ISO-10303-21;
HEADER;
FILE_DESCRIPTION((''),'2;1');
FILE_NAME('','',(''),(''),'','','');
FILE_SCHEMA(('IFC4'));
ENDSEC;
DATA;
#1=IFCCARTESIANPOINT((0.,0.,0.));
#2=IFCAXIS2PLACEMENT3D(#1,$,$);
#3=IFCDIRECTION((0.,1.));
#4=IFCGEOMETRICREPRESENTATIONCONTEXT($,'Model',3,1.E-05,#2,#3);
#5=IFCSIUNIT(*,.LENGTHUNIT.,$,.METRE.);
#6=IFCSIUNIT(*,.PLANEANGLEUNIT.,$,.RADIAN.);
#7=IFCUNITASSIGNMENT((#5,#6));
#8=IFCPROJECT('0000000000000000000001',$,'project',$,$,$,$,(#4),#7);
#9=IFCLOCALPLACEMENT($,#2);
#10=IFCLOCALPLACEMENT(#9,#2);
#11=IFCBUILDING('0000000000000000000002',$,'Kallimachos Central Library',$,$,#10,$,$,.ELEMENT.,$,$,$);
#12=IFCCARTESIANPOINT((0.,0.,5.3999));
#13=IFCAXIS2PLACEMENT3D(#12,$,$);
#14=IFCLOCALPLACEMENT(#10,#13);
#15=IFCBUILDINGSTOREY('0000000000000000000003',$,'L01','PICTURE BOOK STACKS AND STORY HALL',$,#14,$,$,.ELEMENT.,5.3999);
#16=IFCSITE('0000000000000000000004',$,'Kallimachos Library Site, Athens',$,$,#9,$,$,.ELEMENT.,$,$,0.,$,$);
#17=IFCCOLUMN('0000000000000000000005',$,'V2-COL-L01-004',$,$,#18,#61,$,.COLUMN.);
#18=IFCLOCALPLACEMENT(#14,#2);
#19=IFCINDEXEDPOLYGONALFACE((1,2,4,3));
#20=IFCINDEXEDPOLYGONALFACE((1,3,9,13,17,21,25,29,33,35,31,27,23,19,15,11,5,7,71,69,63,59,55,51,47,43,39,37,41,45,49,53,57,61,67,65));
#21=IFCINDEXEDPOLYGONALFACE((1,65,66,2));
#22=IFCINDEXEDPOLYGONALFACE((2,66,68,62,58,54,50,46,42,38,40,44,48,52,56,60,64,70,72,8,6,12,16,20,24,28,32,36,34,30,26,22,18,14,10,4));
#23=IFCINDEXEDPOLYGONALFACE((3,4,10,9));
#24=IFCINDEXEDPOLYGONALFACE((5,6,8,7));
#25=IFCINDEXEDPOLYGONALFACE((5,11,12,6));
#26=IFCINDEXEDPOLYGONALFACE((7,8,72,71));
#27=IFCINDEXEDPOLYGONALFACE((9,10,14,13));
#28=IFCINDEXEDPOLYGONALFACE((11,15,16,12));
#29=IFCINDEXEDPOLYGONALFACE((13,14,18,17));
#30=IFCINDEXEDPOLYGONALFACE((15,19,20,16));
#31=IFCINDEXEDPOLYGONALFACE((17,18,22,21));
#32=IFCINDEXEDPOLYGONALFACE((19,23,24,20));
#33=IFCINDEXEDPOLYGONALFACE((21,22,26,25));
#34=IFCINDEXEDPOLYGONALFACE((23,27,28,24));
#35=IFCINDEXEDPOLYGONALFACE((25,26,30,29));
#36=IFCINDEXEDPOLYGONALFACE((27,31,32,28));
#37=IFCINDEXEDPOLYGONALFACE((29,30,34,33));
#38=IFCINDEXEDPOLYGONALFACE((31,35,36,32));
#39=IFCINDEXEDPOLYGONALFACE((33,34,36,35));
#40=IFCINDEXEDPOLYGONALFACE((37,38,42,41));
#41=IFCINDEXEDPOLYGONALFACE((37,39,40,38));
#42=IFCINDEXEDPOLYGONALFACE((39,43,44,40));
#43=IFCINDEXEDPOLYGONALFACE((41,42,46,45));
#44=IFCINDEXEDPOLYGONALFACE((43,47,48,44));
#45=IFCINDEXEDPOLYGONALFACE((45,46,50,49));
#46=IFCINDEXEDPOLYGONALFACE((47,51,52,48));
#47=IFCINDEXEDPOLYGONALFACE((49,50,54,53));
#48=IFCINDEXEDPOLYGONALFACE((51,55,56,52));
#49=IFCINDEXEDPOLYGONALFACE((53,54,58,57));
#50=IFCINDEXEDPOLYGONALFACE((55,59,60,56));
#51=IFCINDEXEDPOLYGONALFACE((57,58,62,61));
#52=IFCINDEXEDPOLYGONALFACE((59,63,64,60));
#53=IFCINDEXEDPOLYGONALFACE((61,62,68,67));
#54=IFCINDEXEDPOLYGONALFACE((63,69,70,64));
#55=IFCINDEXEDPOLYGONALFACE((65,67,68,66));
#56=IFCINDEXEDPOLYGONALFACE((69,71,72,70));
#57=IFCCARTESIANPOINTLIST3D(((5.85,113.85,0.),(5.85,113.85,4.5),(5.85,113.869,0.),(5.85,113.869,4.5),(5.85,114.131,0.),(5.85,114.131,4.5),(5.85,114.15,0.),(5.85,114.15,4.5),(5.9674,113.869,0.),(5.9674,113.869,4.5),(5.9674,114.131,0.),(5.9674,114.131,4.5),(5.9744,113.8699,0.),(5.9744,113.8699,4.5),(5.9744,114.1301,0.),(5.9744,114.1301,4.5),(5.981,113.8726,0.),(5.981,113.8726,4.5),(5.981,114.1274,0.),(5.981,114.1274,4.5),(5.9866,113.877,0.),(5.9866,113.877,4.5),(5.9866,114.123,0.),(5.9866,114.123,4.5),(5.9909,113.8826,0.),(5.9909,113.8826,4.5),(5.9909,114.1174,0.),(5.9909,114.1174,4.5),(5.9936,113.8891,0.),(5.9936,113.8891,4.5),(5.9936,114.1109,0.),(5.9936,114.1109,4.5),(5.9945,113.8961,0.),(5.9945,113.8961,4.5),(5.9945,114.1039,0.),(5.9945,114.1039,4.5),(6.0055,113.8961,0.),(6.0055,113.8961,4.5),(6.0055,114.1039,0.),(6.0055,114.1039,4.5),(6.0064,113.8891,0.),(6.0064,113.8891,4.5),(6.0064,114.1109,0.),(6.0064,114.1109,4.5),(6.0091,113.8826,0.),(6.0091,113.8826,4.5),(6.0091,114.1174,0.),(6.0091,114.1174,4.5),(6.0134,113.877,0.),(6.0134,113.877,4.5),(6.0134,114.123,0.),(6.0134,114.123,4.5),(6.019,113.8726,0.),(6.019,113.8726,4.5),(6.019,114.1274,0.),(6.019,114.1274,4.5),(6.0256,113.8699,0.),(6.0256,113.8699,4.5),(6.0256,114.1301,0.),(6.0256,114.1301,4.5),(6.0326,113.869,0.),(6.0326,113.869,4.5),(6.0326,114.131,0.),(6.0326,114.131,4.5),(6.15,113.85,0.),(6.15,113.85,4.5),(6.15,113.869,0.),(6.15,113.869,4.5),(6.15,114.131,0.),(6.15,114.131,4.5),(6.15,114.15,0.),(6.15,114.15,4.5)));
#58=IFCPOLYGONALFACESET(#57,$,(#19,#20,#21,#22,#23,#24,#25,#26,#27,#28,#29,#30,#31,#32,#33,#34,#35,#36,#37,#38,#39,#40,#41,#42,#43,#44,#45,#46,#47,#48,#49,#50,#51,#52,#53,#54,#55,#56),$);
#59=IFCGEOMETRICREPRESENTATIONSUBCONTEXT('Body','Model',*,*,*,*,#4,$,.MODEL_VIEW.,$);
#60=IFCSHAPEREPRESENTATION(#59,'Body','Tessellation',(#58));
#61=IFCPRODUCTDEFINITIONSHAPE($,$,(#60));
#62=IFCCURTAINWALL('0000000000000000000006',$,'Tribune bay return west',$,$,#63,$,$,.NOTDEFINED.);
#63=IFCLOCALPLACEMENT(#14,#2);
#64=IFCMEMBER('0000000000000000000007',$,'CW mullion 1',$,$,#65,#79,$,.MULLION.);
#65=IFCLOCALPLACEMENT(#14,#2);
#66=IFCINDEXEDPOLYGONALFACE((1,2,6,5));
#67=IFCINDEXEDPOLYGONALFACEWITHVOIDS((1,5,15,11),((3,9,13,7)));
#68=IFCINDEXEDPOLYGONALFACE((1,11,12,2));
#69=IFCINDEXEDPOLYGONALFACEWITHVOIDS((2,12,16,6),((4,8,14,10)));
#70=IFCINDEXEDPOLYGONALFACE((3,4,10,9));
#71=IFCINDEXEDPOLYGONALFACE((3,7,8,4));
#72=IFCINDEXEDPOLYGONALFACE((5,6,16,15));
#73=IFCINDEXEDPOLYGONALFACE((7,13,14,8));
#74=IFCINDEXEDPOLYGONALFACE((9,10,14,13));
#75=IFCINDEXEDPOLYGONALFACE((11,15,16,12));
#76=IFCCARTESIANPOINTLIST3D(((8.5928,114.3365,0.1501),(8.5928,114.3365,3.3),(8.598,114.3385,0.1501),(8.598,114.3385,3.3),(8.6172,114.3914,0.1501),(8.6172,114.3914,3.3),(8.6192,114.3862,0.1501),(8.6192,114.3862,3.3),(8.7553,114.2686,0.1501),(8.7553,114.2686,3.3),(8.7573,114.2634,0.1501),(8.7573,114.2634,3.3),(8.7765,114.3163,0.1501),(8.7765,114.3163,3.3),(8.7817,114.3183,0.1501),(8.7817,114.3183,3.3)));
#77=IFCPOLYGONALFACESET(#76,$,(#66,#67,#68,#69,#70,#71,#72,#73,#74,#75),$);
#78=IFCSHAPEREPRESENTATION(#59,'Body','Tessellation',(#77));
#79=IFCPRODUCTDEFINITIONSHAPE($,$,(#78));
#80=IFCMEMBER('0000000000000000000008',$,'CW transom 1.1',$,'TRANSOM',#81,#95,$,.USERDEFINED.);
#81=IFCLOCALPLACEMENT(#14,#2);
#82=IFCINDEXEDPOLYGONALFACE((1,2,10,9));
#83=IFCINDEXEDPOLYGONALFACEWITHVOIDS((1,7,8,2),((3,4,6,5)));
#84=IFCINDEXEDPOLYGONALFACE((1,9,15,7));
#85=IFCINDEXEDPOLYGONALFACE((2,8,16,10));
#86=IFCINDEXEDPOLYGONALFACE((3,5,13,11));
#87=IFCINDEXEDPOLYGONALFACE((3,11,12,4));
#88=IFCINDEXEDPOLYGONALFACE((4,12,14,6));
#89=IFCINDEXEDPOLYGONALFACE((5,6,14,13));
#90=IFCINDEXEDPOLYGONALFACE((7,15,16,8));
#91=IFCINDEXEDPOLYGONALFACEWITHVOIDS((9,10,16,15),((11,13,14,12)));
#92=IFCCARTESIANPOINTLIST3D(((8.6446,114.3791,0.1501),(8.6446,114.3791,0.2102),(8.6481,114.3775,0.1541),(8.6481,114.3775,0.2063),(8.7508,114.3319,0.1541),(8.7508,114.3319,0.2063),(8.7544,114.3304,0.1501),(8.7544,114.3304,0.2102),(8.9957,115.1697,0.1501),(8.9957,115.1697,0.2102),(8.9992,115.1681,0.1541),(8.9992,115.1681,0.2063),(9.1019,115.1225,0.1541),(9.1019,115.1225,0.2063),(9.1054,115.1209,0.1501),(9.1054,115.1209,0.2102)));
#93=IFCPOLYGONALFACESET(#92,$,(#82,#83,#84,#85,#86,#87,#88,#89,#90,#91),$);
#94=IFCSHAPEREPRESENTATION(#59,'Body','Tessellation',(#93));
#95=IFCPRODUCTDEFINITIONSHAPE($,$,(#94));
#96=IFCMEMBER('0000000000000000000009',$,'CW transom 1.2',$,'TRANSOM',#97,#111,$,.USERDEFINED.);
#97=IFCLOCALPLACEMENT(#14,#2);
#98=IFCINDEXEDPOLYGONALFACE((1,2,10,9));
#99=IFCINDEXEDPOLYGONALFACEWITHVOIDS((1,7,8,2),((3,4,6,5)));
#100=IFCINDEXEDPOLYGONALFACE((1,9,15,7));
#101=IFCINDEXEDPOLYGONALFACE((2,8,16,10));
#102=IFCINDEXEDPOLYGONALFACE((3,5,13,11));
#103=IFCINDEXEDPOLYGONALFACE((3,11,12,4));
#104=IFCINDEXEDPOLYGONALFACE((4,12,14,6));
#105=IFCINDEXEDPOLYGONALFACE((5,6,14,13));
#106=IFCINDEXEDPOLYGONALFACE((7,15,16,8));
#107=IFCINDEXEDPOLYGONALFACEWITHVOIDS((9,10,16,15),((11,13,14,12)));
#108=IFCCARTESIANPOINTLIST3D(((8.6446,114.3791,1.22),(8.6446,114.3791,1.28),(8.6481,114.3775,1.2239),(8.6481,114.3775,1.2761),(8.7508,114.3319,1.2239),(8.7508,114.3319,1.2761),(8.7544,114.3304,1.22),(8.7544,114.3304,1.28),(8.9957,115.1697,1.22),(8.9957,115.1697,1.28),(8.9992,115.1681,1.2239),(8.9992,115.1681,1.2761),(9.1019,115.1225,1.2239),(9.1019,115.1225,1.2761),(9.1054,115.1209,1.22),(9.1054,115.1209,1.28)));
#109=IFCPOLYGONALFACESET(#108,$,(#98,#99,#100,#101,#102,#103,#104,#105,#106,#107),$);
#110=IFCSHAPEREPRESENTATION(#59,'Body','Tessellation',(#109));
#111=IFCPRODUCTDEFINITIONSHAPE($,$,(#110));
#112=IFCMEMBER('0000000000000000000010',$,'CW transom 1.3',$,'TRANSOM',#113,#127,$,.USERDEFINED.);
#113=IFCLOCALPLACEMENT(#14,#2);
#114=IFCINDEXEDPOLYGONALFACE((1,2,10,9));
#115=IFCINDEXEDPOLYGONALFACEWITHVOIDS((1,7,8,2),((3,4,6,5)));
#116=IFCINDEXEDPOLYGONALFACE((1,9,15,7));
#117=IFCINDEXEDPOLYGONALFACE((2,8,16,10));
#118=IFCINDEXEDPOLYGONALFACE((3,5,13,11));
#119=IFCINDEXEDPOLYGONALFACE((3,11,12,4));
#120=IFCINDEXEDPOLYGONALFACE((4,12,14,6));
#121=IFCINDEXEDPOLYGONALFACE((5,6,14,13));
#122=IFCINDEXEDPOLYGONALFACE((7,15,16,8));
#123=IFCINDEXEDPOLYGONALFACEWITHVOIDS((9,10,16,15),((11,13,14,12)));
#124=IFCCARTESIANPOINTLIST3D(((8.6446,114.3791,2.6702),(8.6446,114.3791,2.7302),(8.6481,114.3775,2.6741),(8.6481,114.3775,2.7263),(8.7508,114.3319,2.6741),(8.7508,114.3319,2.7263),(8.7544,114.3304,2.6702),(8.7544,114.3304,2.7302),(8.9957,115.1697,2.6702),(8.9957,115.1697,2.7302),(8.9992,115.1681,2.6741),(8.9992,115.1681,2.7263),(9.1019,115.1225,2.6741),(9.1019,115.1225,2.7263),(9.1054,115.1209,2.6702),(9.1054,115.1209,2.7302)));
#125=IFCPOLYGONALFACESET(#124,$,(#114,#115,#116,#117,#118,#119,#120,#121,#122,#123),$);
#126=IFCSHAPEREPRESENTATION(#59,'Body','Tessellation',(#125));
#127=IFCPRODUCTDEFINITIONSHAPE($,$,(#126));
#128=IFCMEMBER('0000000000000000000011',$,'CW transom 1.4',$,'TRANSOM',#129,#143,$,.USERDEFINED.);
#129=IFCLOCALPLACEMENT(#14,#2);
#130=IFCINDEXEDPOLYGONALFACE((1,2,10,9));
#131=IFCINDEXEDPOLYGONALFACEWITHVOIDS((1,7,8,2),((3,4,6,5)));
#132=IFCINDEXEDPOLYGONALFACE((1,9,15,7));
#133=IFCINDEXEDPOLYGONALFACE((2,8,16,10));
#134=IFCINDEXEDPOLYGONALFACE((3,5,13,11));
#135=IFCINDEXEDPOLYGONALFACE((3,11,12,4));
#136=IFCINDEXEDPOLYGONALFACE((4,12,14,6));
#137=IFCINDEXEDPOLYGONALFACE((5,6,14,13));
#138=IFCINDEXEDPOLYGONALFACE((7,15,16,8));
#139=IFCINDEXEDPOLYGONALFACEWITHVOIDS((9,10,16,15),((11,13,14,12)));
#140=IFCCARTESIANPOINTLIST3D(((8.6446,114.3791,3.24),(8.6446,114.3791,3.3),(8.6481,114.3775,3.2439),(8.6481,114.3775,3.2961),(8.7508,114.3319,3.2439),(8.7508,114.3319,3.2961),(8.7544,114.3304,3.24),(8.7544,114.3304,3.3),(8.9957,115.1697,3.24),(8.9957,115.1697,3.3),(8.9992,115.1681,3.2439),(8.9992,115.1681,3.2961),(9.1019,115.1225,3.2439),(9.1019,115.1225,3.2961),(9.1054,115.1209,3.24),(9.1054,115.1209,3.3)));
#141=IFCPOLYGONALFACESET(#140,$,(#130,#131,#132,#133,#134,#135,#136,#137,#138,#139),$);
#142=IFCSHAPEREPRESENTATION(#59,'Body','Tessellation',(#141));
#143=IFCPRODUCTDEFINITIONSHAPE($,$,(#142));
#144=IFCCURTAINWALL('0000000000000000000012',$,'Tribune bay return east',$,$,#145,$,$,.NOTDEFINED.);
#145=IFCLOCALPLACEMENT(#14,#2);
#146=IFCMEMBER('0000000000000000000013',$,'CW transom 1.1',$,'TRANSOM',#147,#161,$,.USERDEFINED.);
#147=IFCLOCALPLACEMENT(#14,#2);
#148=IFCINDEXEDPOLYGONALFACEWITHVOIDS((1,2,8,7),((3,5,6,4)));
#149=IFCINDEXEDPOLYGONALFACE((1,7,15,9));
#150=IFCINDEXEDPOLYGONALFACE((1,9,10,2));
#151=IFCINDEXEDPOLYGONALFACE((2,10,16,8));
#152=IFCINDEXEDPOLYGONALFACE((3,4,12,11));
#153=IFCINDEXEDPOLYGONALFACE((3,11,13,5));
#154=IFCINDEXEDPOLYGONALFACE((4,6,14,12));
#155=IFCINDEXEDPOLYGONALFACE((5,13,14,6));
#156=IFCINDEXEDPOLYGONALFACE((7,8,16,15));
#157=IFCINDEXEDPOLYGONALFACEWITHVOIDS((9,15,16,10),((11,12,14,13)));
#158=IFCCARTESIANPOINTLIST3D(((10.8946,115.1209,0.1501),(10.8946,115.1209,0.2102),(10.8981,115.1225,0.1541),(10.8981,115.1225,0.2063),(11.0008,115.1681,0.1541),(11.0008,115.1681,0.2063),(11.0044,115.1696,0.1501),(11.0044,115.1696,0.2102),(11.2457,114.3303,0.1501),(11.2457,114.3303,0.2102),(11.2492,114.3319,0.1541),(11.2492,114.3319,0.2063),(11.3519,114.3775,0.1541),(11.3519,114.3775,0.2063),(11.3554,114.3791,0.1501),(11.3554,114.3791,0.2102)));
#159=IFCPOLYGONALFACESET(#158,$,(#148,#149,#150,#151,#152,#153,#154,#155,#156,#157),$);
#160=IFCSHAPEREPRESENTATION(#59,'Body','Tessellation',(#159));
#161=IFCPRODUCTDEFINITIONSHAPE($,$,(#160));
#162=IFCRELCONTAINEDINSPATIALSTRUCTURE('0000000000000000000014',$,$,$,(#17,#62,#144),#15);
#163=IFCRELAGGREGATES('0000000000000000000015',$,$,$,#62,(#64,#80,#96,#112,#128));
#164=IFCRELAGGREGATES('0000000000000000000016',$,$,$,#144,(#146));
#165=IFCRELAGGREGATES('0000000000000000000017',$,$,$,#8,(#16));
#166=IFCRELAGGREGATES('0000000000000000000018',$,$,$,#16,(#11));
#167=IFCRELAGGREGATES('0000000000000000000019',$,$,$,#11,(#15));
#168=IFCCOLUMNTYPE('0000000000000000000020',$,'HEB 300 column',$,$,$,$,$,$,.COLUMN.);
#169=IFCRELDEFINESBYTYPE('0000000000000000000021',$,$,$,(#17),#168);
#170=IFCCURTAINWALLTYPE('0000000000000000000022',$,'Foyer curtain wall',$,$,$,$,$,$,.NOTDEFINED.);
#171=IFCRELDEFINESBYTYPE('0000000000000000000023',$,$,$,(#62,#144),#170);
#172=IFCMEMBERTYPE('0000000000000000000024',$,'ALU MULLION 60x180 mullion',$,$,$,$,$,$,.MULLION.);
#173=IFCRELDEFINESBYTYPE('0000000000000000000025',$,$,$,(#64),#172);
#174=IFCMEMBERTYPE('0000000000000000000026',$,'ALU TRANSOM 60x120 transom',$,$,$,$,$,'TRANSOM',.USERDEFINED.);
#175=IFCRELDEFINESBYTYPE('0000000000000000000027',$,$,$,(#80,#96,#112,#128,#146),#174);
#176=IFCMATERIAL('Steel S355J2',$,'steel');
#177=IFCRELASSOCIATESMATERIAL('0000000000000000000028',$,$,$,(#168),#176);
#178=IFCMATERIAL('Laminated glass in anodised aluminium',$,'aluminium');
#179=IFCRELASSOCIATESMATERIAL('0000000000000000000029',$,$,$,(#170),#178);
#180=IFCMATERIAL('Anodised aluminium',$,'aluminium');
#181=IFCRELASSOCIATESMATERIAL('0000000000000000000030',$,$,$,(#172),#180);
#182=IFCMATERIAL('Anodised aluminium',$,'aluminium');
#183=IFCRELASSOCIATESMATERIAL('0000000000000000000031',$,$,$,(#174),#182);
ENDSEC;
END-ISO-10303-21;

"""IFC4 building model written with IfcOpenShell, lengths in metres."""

from ifc_helpers import new_model, si_unit, direction, frame, origin, origin_2d, place, context, subcontext, project, spatial, hollow_rectangle, i_section, extrude, material, material_profile, profile_set, type_object, element, aggregate, save


model = new_model("IFC4")

# Units and contexts
model_context = context("Model", 3, precision=1e-05, world=origin(), true_north=direction((0.0, 1.0)))
body_context = subcontext(model_context, "Body", "Model", "MODEL_VIEW")
ifc_project = project(units=[si_unit("LENGTHUNIT", "METRE"), si_unit("PLANEANGLEUNIT", "RADIAN")], contexts=[model_context])

# Site, building, storey
site_placement = place(None, origin())
site = spatial("IfcSite", under=ifc_project, at=site_placement, Name="Kallimachos Library Site, Athens", CompositionType="ELEMENT", RefElevation=0.0)
building_placement = place(site_placement, origin())
building = spatial("IfcBuilding", under=site, at=building_placement, Name="Kallimachos Central Library", CompositionType="ELEMENT")
storey_placement = place(building_placement, frame((0.0, 0.0, 5.3999)))
storey = spatial("IfcBuildingStorey", under=building, at=storey_placement, Name="L01", Description="PICTURE BOOK STACKS AND STORY HALL", CompositionType="ELEMENT", Elevation=5.3999)

# Column
ifc_material_1 = material(Name="Steel S355J2", Category="steel")
ifc_material_profile_1 = material_profile(ifc_material_1, i_section(OverallWidth=0.3, OverallDepth=0.3, WebThickness=0.011, FlangeThickness=0.019, FilletRadius=0.0271, at=origin_2d()), Name="HEB 300")
ifc_profile_set_1 = profile_set([ifc_material_profile_1], Name="Steel S355J2")
column_type = type_object("IfcColumnType", Name="HEB 300 column", PredefinedType="COLUMN", material=ifc_profile_set_1)
column_placement = place(storey_placement, frame((6.0, 114.0, 0.0), z_axis=(0.0, 0.0, 1.0), x_axis=(1.0, 0.0, 0.0)))
element("IfcColumn", 1, at=column_placement, inside=storey, type_object=column_type, Name="V2-COL-L01-004", PredefinedType="COLUMN", context=body_context, shape_type="SweptSolid", body=[
    extrude(i_section(OverallWidth=0.3, OverallDepth=0.3, WebThickness=0.011, FlangeThickness=0.019, FilletRadius=0.0271, at=origin_2d()), origin(), (0.0, 0.0, 1.0), 4.5),
])

# Curtain wall, members
ifc_material_2 = material(Name="Laminated glass in anodised aluminium", Category="aluminium")
curtain_wall_type = type_object("IfcCurtainWallType", Name="Foyer curtain wall", PredefinedType="NOTDEFINED", material=ifc_material_2)
curtain_wall_1_placement = place(storey_placement, origin())
curtain_wall_1 = element("IfcCurtainWall", 2, at=curtain_wall_1_placement, inside=storey, type_object=curtain_wall_type, Name="Tribune bay return west", PredefinedType="NOTDEFINED")
ifc_material_3 = material(Name="Anodised aluminium", Category="aluminium")
ifc_material_profile_2 = material_profile(ifc_material_3, hollow_rectangle(XDim=0.0601, YDim=0.1799, WallThickness=0.0039, at=origin_2d()), Name="ALU MULLION 60x180")
ifc_profile_set_2 = profile_set([ifc_material_profile_2], Name="Anodised aluminium")
member_type_1 = type_object("IfcMemberType", Name="ALU MULLION 60x180 mullion", PredefinedType="MULLION", material=ifc_profile_set_2)
member_1_placement = place(storey_placement, frame((8.6873, 114.3274, 0.1501), z_axis=(0.0, 0.0, 1.0), x_axis=(0.406138, 0.913812, 0.0)))
member_1 = element("IfcMember", 3, at=member_1_placement, type_object=member_type_1, Name="CW mullion 1", PredefinedType="MULLION", context=body_context, shape_type="SweptSolid", body=[
    extrude(hollow_rectangle(XDim=0.0601, YDim=0.1799, WallThickness=0.0039, at=origin_2d()), origin(), (0.0, 0.0, 1.0), 3.1499),
])
ifc_material_4 = material(Name="Anodised aluminium", Category="aluminium")
ifc_material_profile_3 = material_profile(ifc_material_4, hollow_rectangle(XDim=0.0601, YDim=0.1201, WallThickness=0.0039, at=origin_2d()), Name="ALU TRANSOM 60x120")
ifc_profile_set_3 = profile_set([ifc_material_profile_3], Name="Anodised aluminium")
member_type_2 = type_object("IfcMemberType", Name="ALU TRANSOM 60x120 transom", ElementType="TRANSOM", PredefinedType="USERDEFINED", material=ifc_profile_set_3)
member_2_placement = place(storey_placement, frame((8.6995, 114.3547, 0.1802), z_axis=(0.405877, 0.913928, 0.0), x_axis=(0.0, 0.0, 1.0)))
member_2 = element("IfcMember", 4, at=member_2_placement, type_object=member_type_2, Name="CW transom 1.1", ObjectType="TRANSOM", PredefinedType="USERDEFINED", context=body_context, shape_type="SweptSolid", body=[
    extrude(hollow_rectangle(XDim=0.0601, YDim=0.1201, WallThickness=0.0039, at=origin_2d()), origin(), (0.0, 0.0, 1.0), 0.865),
])
member_3_placement = place(storey_placement, frame((8.6995, 114.3547, 1.25), z_axis=(0.405877, 0.913928, 0.0), x_axis=(0.0, 0.0, 1.0)))
member_3 = element("IfcMember", 5, at=member_3_placement, type_object=member_type_2, Name="CW transom 1.2", ObjectType="TRANSOM", PredefinedType="USERDEFINED", context=body_context, shape_type="SweptSolid", body=[
    extrude(hollow_rectangle(XDim=0.0601, YDim=0.1201, WallThickness=0.0039, at=origin_2d()), origin(), (0.0, 0.0, 1.0), 0.865),
])
member_4_placement = place(storey_placement, frame((8.6995, 114.3547, 2.7002), z_axis=(0.405877, 0.913928, 0.0), x_axis=(0.0, 0.0, 1.0)))
member_4 = element("IfcMember", 6, at=member_4_placement, type_object=member_type_2, Name="CW transom 1.3", ObjectType="TRANSOM", PredefinedType="USERDEFINED", context=body_context, shape_type="SweptSolid", body=[
    extrude(hollow_rectangle(XDim=0.0601, YDim=0.1201, WallThickness=0.0039, at=origin_2d()), origin(), (0.0, 0.0, 1.0), 0.865),
])
member_5_placement = place(storey_placement, frame((8.6995, 114.3547, 3.27), z_axis=(0.405877, 0.913928, 0.0), x_axis=(0.0, 0.0, 1.0)))
member_5 = element("IfcMember", 7, at=member_5_placement, type_object=member_type_2, Name="CW transom 1.4", ObjectType="TRANSOM", PredefinedType="USERDEFINED", context=body_context, shape_type="SweptSolid", body=[
    extrude(hollow_rectangle(XDim=0.0601, YDim=0.1201, WallThickness=0.0039, at=origin_2d()), origin(), (0.0, 0.0, 1.0), 0.865),
])

# Curtain wall, member
curtain_wall_2_placement = place(storey_placement, origin())
curtain_wall_2 = element("IfcCurtainWall", 8, at=curtain_wall_2_placement, inside=storey, type_object=curtain_wall_type, Name="Tribune bay return east", PredefinedType="NOTDEFINED")
member_6_placement = place(storey_placement, frame((10.9495, 115.1453, 0.1802), z_axis=(0.405877, -0.913928, 0.0), x_axis=(0.0, 0.0, 1.0)))
member_6 = element("IfcMember", 9, at=member_6_placement, type_object=member_type_2, Name="CW transom 1.1", ObjectType="TRANSOM", PredefinedType="USERDEFINED", context=body_context, shape_type="SweptSolid", body=[
    extrude(hollow_rectangle(XDim=0.0601, YDim=0.1201, WallThickness=0.0039, at=origin_2d()), origin(), (0.0, 0.0, 1.0), 0.865),
])

aggregate(curtain_wall_1, [member_1, member_2, member_3, member_4, member_5])
aggregate(curtain_wall_2, [member_6])

save(model, "model.ifc")
